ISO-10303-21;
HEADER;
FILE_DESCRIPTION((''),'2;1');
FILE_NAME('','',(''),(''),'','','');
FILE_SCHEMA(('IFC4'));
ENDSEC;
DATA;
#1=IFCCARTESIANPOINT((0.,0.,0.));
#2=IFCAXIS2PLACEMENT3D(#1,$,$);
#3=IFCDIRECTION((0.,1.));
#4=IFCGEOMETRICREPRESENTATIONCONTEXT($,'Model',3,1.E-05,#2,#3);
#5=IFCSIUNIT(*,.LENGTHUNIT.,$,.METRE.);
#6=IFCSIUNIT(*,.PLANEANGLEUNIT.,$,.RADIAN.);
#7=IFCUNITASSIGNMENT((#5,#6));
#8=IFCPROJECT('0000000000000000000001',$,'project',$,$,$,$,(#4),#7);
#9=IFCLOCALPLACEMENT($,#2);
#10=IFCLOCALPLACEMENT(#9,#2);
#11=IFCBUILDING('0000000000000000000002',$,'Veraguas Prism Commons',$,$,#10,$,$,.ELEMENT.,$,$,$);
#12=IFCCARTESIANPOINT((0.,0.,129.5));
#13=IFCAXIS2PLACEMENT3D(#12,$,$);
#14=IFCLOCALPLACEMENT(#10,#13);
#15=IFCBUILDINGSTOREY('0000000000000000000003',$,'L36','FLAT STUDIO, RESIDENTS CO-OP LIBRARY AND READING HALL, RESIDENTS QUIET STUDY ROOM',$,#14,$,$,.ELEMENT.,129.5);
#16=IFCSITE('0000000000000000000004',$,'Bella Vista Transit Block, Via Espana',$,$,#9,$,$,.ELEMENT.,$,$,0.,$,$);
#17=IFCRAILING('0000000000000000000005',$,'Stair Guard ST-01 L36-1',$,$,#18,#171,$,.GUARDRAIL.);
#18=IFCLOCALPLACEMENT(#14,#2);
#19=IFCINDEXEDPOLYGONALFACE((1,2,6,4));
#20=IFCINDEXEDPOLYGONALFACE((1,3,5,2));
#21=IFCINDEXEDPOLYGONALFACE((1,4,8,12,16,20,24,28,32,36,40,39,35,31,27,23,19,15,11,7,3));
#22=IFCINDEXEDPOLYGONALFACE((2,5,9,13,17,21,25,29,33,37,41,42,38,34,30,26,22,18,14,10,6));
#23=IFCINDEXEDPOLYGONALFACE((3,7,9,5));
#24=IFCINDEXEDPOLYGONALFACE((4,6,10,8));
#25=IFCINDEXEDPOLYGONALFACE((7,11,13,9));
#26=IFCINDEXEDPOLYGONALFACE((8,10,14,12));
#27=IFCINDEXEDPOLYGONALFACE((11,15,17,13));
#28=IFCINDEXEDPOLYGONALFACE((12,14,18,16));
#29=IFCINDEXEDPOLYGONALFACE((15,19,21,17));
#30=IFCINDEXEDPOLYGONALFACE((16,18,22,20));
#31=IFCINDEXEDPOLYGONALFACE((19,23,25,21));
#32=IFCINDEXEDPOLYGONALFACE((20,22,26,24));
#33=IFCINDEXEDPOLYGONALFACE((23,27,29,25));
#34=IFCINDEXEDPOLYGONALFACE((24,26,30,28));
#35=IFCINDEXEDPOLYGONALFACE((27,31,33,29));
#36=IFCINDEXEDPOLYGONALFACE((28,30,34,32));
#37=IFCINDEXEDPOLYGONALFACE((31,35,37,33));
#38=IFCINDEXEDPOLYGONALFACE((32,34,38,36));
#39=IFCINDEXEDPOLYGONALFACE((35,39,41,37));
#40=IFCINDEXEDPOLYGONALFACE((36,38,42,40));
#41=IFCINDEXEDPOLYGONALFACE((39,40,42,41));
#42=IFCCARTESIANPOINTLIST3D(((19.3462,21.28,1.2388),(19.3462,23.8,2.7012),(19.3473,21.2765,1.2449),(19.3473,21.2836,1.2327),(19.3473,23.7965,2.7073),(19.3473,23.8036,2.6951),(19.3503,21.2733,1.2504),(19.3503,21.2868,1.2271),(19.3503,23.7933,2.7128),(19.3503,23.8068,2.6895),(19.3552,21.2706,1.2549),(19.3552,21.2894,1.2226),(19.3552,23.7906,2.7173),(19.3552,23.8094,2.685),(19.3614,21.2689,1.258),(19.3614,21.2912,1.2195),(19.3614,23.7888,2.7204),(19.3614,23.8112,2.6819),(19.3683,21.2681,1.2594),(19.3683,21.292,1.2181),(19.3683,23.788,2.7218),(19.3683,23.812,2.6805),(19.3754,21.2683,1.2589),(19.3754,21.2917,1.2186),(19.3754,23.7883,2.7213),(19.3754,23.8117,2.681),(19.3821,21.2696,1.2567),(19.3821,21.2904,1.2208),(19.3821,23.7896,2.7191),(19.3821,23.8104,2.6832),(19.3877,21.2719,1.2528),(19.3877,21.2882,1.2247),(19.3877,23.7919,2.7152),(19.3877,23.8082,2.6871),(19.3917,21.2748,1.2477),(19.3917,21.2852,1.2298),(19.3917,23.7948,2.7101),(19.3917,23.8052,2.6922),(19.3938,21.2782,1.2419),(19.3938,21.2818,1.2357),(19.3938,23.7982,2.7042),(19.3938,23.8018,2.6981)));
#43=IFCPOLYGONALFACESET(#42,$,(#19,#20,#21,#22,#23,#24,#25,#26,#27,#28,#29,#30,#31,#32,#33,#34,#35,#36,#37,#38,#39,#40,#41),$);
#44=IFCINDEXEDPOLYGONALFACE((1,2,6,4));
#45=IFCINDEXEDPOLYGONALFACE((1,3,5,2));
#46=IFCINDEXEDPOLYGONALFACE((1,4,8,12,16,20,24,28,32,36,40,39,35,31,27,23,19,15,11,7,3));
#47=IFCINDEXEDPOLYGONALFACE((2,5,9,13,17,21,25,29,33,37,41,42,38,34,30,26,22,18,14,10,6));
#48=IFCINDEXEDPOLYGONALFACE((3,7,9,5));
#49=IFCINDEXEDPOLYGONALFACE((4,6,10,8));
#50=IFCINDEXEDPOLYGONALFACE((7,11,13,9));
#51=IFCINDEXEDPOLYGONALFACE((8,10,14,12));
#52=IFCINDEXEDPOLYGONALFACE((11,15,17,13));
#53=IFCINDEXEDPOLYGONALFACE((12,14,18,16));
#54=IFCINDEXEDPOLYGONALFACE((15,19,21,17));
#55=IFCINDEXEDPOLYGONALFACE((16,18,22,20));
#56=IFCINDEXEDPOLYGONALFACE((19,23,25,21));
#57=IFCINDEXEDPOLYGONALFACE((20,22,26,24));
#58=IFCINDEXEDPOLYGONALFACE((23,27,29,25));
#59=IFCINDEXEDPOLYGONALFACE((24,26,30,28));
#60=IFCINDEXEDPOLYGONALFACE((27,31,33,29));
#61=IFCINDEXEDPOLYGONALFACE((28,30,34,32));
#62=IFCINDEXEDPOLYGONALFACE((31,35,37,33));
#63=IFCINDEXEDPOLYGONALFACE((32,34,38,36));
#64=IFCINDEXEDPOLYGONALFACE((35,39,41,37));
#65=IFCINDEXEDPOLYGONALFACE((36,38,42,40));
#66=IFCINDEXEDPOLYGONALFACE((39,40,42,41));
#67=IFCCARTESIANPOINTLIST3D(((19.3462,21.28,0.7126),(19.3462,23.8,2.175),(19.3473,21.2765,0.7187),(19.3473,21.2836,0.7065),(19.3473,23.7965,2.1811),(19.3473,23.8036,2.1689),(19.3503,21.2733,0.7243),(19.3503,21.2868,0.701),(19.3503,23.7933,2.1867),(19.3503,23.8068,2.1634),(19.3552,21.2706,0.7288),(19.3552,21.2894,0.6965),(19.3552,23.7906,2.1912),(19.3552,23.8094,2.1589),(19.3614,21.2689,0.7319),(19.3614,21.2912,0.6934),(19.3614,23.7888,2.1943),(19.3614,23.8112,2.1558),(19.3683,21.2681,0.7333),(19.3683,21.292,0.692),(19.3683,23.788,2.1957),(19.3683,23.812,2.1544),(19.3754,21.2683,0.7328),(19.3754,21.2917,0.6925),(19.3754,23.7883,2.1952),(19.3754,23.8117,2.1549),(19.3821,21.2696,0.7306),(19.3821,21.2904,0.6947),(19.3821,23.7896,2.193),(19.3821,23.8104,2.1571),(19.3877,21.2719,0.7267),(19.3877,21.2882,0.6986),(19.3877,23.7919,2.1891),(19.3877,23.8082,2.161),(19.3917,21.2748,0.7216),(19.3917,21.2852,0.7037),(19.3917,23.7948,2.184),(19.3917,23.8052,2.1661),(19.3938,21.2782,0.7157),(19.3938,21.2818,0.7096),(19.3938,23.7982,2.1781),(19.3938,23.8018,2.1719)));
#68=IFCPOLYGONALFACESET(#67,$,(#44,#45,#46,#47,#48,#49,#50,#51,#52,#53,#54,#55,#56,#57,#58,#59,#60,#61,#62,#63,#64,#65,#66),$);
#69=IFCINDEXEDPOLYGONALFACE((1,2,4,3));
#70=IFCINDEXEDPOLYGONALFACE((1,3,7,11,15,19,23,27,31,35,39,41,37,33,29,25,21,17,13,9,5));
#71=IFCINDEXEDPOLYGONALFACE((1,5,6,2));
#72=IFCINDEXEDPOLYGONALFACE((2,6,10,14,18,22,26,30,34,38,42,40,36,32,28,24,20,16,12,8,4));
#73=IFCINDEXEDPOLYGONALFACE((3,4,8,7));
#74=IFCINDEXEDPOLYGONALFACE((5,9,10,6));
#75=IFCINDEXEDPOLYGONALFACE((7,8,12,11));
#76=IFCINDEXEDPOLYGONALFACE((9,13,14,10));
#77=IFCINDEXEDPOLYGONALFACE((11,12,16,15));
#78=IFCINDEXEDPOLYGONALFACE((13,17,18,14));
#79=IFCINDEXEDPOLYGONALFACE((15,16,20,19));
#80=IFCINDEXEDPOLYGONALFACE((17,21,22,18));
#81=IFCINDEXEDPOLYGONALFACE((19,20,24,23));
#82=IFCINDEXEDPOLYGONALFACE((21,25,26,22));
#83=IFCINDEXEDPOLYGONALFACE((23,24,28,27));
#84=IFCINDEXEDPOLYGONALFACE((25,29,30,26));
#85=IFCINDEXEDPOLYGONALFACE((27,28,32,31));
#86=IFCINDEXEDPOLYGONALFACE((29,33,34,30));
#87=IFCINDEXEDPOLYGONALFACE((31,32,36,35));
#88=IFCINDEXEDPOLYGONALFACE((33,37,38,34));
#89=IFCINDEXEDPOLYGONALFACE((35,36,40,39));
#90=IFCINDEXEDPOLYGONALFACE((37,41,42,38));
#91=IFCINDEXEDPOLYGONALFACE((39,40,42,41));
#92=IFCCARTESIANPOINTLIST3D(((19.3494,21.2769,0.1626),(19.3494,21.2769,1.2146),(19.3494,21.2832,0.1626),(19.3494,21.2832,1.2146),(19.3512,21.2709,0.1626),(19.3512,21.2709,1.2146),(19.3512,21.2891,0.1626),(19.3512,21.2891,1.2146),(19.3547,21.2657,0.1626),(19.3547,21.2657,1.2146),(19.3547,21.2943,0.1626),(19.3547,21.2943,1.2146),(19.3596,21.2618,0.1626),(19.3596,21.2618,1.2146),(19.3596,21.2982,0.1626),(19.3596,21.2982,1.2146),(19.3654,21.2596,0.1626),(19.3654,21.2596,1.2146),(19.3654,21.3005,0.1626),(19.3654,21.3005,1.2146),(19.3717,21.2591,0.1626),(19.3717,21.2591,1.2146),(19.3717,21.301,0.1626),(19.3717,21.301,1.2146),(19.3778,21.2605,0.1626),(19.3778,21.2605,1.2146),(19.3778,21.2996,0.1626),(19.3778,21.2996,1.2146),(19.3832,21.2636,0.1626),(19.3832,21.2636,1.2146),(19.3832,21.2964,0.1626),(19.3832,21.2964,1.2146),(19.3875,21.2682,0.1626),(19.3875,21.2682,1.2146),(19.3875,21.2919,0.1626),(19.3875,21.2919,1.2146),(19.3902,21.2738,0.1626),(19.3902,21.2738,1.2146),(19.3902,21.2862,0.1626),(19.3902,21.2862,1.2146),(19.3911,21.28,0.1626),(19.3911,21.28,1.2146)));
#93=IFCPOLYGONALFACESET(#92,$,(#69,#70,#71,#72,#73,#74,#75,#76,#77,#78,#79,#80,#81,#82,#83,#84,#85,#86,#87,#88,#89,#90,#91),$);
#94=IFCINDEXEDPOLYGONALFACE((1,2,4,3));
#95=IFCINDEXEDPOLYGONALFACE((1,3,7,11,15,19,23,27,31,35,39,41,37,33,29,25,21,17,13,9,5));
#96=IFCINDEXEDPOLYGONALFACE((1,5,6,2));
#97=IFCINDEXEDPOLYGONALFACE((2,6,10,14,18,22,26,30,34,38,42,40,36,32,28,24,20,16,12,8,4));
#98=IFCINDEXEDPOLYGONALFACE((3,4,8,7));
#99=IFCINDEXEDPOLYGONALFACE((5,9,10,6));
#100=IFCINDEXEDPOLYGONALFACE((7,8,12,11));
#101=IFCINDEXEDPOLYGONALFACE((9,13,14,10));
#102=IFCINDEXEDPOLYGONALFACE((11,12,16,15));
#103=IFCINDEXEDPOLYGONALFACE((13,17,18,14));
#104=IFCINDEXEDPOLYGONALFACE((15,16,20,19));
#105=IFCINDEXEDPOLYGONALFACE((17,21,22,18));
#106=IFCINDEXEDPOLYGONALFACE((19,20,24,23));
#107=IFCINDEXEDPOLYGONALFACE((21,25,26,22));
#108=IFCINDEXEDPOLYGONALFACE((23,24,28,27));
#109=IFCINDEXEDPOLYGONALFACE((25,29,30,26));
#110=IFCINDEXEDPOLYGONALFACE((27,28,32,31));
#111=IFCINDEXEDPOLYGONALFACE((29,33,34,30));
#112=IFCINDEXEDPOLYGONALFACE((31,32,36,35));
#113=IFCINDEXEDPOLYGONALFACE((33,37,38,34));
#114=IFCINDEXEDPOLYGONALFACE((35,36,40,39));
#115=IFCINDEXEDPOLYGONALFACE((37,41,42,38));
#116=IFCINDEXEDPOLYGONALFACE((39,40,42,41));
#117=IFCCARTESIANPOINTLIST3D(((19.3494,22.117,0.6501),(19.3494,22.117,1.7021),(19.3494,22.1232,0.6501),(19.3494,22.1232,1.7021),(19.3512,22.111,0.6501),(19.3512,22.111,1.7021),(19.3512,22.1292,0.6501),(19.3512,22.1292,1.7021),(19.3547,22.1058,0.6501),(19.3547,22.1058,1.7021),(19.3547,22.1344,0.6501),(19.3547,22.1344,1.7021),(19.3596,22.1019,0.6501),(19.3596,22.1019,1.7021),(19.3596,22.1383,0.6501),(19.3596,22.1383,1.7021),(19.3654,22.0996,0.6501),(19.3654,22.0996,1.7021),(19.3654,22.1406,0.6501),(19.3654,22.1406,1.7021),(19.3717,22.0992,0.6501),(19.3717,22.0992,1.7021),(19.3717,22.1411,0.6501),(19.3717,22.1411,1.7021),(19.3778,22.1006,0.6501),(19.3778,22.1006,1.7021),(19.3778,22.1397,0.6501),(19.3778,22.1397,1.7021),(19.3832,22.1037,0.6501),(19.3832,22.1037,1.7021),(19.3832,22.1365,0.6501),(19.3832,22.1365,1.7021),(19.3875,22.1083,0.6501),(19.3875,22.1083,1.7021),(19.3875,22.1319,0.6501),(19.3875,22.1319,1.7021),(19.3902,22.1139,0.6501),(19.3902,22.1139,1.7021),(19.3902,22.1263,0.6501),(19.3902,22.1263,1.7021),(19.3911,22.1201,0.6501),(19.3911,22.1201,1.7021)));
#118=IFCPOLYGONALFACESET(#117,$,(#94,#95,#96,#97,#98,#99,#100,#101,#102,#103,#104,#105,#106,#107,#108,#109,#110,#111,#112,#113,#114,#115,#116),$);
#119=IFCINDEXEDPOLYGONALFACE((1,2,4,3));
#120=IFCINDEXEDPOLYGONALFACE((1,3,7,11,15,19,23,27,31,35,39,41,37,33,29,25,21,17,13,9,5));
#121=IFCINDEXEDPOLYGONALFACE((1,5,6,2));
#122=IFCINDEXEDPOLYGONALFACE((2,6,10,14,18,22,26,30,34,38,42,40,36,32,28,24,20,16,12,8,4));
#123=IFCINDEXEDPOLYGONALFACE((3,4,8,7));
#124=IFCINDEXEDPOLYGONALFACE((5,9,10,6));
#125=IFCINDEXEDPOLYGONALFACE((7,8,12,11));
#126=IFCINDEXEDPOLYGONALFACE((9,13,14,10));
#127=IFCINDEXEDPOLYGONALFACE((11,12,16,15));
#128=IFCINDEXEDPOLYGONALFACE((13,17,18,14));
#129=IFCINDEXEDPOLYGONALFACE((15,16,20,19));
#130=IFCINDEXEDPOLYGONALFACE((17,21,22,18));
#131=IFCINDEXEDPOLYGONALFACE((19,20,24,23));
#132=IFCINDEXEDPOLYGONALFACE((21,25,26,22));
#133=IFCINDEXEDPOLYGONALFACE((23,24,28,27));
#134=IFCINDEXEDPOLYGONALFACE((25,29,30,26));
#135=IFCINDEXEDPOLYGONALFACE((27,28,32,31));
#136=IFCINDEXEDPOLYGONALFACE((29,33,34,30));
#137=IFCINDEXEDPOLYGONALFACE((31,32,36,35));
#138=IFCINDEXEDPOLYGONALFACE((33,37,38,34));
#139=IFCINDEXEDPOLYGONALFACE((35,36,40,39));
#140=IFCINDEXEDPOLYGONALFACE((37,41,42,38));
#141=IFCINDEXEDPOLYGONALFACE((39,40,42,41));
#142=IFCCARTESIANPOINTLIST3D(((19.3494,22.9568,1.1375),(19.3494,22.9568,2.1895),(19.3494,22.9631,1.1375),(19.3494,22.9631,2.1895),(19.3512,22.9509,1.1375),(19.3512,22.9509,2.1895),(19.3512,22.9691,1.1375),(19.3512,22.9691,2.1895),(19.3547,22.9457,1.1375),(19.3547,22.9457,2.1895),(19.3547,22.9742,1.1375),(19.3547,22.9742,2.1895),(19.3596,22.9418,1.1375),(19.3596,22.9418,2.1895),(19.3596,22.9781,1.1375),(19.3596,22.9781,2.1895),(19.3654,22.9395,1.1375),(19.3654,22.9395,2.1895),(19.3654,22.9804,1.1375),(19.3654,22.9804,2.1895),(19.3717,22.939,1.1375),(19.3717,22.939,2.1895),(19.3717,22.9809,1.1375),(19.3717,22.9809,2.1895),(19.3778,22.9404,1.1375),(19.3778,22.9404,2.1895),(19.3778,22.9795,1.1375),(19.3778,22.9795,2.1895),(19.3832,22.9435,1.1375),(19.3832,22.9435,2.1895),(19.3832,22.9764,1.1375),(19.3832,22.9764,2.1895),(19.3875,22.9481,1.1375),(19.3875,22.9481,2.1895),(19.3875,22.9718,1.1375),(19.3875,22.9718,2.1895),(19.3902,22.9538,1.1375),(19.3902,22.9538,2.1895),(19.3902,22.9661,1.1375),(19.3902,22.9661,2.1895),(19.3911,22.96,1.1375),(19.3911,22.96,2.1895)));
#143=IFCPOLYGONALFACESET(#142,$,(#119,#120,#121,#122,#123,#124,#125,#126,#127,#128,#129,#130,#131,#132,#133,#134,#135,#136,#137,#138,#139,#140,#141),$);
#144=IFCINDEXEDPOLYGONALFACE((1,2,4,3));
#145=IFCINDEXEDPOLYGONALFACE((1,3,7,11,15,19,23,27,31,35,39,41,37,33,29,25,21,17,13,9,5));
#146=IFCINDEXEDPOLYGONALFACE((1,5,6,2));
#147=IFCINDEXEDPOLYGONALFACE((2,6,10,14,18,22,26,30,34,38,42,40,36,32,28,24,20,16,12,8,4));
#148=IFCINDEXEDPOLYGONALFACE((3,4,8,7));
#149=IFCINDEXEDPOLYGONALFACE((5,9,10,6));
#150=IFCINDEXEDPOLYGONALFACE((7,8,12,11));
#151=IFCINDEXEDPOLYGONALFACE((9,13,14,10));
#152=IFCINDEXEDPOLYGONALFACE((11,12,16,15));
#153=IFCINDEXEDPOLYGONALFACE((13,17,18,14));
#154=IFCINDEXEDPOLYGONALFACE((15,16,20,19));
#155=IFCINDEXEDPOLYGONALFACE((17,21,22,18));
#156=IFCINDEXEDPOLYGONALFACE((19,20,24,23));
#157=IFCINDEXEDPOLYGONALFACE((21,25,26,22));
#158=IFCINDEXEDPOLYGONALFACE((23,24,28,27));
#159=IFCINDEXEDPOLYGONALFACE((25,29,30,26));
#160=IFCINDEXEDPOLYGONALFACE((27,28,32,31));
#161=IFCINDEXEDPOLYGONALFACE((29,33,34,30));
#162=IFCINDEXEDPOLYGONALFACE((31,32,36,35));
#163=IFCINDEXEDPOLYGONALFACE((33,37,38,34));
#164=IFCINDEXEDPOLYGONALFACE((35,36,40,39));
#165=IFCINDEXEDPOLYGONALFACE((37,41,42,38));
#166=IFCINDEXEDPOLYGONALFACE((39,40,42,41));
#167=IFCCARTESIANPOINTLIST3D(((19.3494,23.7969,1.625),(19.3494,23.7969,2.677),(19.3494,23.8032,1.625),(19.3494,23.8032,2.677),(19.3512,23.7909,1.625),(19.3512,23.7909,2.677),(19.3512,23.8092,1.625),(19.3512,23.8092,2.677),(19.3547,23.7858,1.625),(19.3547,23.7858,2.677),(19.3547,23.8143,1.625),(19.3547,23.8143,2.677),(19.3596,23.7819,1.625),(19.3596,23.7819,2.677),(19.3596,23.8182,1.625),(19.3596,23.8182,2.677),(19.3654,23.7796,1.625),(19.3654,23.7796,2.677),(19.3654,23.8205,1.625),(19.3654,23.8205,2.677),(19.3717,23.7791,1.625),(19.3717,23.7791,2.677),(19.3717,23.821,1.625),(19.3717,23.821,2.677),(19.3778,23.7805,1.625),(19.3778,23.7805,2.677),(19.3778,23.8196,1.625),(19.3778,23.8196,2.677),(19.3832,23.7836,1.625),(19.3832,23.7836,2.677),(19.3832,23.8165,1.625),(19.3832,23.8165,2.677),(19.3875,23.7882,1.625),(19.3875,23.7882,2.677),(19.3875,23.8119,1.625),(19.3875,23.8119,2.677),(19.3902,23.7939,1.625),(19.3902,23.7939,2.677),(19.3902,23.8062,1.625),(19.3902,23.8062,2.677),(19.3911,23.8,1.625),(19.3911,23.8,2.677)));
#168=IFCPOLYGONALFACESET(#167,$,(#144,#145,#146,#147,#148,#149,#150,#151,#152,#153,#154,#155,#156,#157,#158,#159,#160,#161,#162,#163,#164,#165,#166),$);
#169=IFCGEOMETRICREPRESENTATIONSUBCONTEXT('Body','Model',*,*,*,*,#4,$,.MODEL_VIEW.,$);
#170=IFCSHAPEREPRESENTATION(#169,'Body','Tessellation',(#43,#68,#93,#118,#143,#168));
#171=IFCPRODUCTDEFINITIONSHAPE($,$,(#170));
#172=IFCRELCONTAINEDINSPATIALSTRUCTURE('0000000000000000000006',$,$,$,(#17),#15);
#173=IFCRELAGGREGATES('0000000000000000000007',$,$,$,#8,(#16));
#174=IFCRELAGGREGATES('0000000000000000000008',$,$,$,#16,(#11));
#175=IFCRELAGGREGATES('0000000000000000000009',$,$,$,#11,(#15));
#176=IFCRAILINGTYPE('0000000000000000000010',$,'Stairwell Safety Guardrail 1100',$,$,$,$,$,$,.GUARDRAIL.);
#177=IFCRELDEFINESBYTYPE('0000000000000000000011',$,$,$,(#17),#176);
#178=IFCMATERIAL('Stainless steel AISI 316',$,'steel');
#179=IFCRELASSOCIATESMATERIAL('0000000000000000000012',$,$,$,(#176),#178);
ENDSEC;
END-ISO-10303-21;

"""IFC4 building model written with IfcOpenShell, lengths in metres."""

from ifc_helpers import new_model, si_unit, direction, frame, origin, origin_2d, place, context, subcontext, project, spatial, circle, extrude, material, type_object, element, save


model = new_model("IFC4")

# Units and contexts
model_context = context("Model", 3, precision=1e-05, world=origin(), true_north=direction((0.0, 1.0)))
body_context = subcontext(model_context, "Body", "Model", "MODEL_VIEW")
ifc_project = project(units=[si_unit("LENGTHUNIT", "METRE"), si_unit("PLANEANGLEUNIT", "RADIAN")], contexts=[model_context])

# Site, building, storey
site_placement = place(None, origin())
site = spatial("IfcSite", under=ifc_project, at=site_placement, Name="Bella Vista Transit Block, Via Espana", CompositionType="ELEMENT", RefElevation=0.0)
building_placement = place(site_placement, origin())
building = spatial("IfcBuilding", under=site, at=building_placement, Name="Veraguas Prism Commons", CompositionType="ELEMENT")
storey_placement = place(building_placement, frame((0.0, 0.0, 129.5)))
storey = spatial("IfcBuildingStorey", under=building, at=storey_placement, Name="L36", Description="FLAT STUDIO, RESIDENTS CO-OP LIBRARY AND READING HALL, RESIDENTS QUIET STUDY ROOM", CompositionType="ELEMENT", Elevation=129.5)

# Railing
ifc_material_1 = material(Name="Stainless steel AISI 316", Category="steel")
railing_type_1 = type_object("IfcRailingType", Name="Stairwell Safety Guardrail 1100", PredefinedType="GUARDRAIL", material=ifc_material_1)
railing_1_placement = place(storey_placement, frame((19.3701, 21.28, 0.1626)))
element("IfcRailing", 1, at=railing_1_placement, inside=storey, type_object=railing_type_1, Name="Stair Guard ST-01 L36-1", PredefinedType="GUARDRAIL", context=body_context, shape_type="SweptSolid", body=[
    extrude(circle(Radius=0.0239, at=origin_2d()), frame((0.0, 0.0, 1.0762), z_axis=(0.0, 0.864913, 0.501921), x_axis=(-1.0, 0.0, 0.0)), (0.0, 0.0, 1.0), 2.9136),
    extrude(circle(Radius=0.0239, at=origin_2d()), frame((0.0, 0.0, 0.55), z_axis=(0.0, 0.864913, 0.501921), x_axis=(-1.0, 0.0, 0.0)), (0.0, 0.0, 1.0), 2.9136),
    extrude(circle(Radius=0.021, at=origin_2d()), origin(), (0.0, 0.0, 1.0), 1.052),
    extrude(circle(Radius=0.021, at=origin_2d()), frame((0.0, 0.8401, 0.4875)), (0.0, 0.0, 1.0), 1.052),
    extrude(circle(Radius=0.021, at=origin_2d()), frame((0.0, 1.6799, 0.9749)), (0.0, 0.0, 1.0), 1.052),
    extrude(circle(Radius=0.021, at=origin_2d()), frame((0.0, 2.52, 1.4624)), (0.0, 0.0, 1.0), 1.052),
])

save(model, "model.ifc")
